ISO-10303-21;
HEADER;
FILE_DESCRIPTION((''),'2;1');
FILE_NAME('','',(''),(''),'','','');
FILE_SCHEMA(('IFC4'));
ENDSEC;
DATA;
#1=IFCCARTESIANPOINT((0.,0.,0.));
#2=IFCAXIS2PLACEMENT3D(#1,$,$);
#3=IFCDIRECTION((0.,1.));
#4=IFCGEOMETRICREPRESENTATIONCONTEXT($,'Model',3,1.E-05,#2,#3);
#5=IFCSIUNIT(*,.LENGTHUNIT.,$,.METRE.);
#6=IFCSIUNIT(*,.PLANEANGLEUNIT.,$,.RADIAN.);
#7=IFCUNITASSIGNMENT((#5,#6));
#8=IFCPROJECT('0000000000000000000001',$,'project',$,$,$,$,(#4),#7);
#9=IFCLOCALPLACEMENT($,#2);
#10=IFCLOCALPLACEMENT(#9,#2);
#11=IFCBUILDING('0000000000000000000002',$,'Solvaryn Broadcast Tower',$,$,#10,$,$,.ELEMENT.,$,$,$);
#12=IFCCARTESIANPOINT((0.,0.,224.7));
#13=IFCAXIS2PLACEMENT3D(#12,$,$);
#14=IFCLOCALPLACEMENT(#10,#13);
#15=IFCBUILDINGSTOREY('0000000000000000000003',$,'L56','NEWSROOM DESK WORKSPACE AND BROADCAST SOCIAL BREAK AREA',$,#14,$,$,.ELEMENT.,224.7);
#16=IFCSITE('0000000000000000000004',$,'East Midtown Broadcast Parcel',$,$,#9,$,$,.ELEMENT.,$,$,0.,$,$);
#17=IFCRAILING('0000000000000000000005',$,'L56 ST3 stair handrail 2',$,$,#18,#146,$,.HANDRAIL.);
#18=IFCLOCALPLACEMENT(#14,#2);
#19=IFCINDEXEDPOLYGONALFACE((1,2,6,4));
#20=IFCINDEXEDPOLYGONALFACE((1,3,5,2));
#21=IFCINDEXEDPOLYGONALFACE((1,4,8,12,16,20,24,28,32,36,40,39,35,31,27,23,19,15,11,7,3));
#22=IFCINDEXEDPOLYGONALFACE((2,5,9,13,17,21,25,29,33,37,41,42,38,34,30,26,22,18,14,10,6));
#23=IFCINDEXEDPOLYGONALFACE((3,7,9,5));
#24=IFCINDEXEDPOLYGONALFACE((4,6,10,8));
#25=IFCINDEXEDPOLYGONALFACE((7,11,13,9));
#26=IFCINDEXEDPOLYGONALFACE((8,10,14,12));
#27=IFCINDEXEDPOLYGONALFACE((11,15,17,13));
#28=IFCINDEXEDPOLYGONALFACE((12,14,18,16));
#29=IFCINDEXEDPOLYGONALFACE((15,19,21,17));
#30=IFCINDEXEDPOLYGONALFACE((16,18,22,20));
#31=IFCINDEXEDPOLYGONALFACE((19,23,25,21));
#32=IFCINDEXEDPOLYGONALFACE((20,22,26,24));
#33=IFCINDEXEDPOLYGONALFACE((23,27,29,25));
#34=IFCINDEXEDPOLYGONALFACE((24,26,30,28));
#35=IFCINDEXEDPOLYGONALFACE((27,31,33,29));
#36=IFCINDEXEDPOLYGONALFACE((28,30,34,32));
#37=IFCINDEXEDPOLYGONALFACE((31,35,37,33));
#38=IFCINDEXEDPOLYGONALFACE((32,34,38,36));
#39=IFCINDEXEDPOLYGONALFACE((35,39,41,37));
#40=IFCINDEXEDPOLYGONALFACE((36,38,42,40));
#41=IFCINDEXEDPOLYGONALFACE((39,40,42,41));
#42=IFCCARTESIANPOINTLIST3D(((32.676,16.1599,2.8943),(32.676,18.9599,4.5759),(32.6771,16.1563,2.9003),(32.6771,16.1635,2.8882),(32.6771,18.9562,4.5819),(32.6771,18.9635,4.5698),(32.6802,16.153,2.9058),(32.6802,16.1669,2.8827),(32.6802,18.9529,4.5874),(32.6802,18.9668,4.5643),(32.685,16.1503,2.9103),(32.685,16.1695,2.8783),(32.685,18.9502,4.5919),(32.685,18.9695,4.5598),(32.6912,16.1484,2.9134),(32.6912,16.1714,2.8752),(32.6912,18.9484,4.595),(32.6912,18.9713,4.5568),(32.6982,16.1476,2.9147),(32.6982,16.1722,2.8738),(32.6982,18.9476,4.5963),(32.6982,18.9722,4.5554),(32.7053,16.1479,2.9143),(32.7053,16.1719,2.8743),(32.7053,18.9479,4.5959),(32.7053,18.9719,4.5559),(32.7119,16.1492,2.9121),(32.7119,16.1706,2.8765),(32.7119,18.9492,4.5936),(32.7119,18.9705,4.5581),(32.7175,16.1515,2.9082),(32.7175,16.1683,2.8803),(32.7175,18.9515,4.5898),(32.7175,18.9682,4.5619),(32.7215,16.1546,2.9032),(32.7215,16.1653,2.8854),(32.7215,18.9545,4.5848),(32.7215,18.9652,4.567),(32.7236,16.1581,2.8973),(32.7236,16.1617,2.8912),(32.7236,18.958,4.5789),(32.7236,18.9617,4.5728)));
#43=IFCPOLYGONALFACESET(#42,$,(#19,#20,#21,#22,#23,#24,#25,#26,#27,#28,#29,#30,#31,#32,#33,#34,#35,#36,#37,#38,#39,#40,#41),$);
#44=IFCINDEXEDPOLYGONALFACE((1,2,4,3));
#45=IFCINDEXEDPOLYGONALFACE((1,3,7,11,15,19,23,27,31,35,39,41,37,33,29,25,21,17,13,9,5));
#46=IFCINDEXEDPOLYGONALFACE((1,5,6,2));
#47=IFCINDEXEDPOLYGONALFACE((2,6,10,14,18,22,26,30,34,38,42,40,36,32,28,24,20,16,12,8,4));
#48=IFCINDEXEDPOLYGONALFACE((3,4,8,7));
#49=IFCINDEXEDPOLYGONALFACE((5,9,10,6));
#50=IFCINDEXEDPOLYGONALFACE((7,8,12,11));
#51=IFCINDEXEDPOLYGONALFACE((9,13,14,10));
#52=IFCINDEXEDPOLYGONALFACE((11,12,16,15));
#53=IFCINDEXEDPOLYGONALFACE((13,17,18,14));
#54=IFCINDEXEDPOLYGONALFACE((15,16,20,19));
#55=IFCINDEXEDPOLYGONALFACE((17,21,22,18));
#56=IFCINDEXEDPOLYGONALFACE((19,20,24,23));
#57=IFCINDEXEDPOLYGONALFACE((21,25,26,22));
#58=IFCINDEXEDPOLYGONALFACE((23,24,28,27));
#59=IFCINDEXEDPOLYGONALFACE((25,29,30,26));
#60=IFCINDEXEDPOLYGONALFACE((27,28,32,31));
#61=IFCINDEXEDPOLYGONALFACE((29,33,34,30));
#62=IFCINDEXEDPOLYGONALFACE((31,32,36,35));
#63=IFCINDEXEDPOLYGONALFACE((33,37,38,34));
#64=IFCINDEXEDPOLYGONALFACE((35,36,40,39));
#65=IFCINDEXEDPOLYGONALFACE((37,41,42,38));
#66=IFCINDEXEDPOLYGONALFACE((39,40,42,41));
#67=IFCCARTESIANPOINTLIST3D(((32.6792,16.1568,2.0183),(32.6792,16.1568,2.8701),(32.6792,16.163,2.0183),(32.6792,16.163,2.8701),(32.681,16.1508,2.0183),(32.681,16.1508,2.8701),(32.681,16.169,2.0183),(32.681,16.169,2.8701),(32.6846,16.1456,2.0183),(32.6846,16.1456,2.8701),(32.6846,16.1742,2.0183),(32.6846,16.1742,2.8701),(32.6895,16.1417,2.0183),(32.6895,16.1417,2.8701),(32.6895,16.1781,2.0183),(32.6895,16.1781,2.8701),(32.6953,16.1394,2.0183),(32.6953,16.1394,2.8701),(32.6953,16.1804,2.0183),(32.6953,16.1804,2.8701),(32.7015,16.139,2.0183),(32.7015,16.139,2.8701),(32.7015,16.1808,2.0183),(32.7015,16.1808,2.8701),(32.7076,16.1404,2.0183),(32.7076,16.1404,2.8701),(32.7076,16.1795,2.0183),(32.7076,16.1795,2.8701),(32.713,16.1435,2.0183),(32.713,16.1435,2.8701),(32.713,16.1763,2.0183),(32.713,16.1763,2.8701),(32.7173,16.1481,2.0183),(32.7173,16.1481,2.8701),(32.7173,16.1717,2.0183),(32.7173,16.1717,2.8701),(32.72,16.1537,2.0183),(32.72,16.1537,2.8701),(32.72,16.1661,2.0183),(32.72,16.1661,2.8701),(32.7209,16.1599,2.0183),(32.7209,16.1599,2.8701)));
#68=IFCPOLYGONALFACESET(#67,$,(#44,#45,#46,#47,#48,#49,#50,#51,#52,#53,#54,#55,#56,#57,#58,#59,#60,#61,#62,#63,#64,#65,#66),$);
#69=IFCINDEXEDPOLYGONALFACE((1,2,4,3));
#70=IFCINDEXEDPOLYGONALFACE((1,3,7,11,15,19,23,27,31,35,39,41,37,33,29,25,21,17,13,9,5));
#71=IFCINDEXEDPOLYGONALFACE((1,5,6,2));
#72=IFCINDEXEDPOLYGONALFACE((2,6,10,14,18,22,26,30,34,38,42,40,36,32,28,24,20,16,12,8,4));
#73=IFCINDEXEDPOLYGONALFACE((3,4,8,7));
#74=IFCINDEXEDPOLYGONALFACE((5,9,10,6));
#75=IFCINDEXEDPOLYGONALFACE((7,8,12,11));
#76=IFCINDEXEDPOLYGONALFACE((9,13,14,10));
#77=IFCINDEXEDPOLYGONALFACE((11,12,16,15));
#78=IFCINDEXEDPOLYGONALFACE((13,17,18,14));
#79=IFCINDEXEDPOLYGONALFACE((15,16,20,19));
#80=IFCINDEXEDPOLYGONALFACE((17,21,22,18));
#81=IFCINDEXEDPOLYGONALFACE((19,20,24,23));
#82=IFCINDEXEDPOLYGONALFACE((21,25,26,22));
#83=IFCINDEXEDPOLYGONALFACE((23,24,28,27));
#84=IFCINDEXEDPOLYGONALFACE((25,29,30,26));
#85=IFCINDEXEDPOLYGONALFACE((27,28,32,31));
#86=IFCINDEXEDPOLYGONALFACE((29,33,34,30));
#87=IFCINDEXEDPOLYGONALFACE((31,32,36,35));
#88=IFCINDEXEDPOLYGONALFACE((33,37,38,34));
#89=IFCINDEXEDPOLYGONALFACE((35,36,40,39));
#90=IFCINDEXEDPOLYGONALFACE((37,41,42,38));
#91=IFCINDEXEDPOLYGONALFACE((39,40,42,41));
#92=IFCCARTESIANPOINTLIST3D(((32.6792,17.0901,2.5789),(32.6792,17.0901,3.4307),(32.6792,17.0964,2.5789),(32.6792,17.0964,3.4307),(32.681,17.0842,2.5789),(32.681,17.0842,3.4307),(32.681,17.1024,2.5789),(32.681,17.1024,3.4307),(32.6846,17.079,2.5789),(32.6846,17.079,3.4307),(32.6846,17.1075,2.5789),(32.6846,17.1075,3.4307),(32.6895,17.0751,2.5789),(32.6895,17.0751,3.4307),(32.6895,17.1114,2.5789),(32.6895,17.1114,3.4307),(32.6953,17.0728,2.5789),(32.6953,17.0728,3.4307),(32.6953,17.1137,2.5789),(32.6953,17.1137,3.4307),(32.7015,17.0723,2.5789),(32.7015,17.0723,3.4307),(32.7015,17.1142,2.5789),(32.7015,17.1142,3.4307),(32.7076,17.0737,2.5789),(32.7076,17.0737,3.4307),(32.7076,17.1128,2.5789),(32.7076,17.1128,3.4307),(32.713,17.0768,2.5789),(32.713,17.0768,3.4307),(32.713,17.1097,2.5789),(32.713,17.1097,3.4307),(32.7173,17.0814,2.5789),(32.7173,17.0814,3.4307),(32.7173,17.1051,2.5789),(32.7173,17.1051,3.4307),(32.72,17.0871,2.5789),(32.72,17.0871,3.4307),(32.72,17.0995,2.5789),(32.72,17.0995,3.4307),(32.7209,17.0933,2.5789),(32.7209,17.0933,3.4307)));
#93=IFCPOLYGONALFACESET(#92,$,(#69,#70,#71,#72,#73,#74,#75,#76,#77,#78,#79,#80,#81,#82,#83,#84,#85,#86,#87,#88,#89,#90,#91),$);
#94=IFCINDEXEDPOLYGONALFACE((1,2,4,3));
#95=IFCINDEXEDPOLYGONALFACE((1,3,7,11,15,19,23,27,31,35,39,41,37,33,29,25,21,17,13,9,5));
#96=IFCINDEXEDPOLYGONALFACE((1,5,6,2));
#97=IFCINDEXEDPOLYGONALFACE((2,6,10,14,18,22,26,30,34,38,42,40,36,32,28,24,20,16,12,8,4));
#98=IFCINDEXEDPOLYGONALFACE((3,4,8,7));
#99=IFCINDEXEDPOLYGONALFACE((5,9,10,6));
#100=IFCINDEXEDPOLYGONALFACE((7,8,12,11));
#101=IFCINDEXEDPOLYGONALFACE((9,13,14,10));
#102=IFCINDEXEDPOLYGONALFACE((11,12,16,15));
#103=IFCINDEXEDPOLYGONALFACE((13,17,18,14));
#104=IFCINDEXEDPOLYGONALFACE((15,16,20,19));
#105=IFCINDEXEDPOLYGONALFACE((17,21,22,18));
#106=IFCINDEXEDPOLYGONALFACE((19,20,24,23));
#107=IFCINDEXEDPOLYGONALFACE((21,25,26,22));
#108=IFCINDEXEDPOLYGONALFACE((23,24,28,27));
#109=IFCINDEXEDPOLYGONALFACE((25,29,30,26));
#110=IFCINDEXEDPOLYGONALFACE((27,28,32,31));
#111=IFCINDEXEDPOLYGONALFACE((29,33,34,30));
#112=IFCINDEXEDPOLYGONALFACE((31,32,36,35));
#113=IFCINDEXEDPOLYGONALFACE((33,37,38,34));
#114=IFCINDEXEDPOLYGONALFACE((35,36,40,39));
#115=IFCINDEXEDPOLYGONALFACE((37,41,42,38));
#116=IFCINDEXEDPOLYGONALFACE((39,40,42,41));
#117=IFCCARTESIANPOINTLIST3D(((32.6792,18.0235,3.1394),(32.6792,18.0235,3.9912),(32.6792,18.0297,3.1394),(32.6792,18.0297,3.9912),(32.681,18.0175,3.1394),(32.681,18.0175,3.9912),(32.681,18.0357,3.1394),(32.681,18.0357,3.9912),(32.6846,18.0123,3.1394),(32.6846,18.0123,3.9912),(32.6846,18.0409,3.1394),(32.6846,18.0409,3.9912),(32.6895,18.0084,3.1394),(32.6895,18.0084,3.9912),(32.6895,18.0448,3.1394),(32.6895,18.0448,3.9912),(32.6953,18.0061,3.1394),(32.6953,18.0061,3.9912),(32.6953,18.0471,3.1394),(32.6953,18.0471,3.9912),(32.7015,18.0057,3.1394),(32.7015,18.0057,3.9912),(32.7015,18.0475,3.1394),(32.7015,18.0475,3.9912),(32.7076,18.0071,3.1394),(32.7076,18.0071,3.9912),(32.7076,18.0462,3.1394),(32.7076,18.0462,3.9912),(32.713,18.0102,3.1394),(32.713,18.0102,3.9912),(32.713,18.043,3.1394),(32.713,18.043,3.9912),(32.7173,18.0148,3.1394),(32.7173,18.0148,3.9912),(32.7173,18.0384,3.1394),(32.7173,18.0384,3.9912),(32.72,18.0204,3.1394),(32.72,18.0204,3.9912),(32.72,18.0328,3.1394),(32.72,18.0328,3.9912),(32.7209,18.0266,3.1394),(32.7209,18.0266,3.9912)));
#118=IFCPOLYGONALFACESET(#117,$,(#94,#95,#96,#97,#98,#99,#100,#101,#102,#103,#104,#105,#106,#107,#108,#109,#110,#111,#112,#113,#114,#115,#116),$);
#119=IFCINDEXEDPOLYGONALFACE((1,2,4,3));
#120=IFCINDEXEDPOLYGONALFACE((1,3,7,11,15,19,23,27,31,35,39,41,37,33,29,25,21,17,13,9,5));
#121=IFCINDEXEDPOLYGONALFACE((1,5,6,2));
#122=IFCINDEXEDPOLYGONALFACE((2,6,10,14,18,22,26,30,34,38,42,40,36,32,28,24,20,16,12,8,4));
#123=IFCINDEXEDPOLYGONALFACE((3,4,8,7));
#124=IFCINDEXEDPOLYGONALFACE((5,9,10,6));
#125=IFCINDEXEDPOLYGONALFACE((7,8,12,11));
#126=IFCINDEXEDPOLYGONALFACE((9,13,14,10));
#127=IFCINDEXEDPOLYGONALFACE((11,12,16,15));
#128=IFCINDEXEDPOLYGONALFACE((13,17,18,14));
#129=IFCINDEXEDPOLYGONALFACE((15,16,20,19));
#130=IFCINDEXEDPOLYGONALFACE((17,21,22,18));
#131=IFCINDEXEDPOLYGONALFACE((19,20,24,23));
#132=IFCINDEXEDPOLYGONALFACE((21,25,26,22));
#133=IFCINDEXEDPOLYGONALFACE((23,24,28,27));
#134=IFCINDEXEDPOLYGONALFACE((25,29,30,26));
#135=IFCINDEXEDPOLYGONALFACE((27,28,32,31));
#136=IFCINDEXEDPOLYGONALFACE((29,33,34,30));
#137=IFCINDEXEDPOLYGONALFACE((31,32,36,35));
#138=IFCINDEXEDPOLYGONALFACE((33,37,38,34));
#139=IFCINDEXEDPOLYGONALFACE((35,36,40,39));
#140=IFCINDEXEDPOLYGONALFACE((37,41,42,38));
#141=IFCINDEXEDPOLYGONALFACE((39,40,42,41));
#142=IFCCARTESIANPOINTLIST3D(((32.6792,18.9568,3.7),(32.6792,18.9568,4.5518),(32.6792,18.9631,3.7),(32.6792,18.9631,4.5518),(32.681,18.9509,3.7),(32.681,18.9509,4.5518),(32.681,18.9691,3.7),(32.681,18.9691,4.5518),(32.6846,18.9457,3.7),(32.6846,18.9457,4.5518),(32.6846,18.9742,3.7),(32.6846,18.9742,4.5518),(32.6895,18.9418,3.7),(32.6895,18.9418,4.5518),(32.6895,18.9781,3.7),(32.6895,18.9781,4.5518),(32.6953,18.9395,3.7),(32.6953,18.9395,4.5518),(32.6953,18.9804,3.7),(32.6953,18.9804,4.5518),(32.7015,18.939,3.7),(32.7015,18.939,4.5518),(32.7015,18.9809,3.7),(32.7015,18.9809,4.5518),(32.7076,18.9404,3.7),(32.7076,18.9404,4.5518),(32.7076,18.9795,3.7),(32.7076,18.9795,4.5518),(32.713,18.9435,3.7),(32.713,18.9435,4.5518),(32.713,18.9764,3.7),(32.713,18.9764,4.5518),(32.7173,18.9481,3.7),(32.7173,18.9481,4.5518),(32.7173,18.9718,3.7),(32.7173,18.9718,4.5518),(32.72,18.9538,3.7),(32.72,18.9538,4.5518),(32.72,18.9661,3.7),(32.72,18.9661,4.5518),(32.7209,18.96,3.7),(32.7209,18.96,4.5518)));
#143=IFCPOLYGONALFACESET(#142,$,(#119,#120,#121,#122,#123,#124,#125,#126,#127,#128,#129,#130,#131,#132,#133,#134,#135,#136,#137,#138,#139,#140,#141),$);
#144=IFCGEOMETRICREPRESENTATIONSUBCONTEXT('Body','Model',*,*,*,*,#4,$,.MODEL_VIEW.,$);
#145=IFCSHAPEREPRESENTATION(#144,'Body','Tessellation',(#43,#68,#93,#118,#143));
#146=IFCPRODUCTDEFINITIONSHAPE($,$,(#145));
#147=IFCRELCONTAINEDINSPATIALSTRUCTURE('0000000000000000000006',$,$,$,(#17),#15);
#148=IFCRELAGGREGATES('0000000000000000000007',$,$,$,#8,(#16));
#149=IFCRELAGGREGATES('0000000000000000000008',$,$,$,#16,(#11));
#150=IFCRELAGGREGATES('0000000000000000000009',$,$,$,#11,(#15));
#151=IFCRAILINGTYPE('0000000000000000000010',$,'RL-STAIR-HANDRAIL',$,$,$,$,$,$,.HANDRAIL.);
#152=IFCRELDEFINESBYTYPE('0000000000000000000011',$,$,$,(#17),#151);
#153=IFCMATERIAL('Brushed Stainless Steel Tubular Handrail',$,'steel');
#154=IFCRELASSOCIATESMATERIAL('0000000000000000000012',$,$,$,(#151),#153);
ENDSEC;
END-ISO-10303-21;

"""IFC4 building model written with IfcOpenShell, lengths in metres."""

from ifc_helpers import new_model, si_unit, direction, frame, origin, origin_2d, place, context, subcontext, project, spatial, circle, extrude, material, type_object, element, save


model = new_model("IFC4")

# Units and contexts
model_context = context("Model", 3, precision=1e-05, world=origin(), true_north=direction((0.0, 1.0)))
body_context = subcontext(model_context, "Body", "Model", "MODEL_VIEW")
ifc_project = project(units=[si_unit("LENGTHUNIT", "METRE"), si_unit("PLANEANGLEUNIT", "RADIAN")], contexts=[model_context])

# Site, building, storey
site_placement = place(None, origin())
site = spatial("IfcSite", under=ifc_project, at=site_placement, Name="East Midtown Broadcast Parcel", CompositionType="ELEMENT", RefElevation=0.0)
building_placement = place(site_placement, origin())
building = spatial("IfcBuilding", under=site, at=building_placement, Name="Solvaryn Broadcast Tower", CompositionType="ELEMENT")
storey_placement = place(building_placement, frame((0.0, 0.0, 224.7)))
storey = spatial("IfcBuildingStorey", under=building, at=storey_placement, Name="L56", Description="NEWSROOM DESK WORKSPACE AND BROADCAST SOCIAL BREAK AREA", CompositionType="ELEMENT", Elevation=224.7)

# Railing
ifc_material_1 = material(Name="Brushed Stainless Steel Tubular Handrail", Category="steel")
railing_type_1 = type_object("IfcRailingType", Name="RL-STAIR-HANDRAIL", PredefinedType="HANDRAIL", material=ifc_material_1)
railing_1_placement = place(storey_placement, frame((32.7, 16.1599, 2.0183)))
element("IfcRailing", 1, at=railing_1_placement, inside=storey, type_object=railing_type_1, Name="L56 ST3 stair handrail 2", PredefinedType="HANDRAIL", context=body_context, shape_type="SweptSolid", body=[
    extrude(circle(Radius=0.0239, at=origin_2d()), frame((0.0, 0.0, 0.876), z_axis=(0.0, 0.857275, 0.514858), x_axis=(-1.0, 0.0, 0.0)), (0.0, 0.0, 1.0), 3.2661),
    extrude(circle(Radius=0.021, at=origin_2d()), origin(), (0.0, 0.0, 1.0), 0.8518),
    extrude(circle(Radius=0.021, at=origin_2d()), frame((0.0, 0.9333, 0.5605)), (0.0, 0.0, 1.0), 0.8518),
    extrude(circle(Radius=0.021, at=origin_2d()), frame((0.0, 1.8667, 1.1211)), (0.0, 0.0, 1.0), 0.8518),
    extrude(circle(Radius=0.021, at=origin_2d()), frame((0.0, 2.8, 1.6816)), (0.0, 0.0, 1.0), 0.8518),
])

save(model, "model.ifc")
